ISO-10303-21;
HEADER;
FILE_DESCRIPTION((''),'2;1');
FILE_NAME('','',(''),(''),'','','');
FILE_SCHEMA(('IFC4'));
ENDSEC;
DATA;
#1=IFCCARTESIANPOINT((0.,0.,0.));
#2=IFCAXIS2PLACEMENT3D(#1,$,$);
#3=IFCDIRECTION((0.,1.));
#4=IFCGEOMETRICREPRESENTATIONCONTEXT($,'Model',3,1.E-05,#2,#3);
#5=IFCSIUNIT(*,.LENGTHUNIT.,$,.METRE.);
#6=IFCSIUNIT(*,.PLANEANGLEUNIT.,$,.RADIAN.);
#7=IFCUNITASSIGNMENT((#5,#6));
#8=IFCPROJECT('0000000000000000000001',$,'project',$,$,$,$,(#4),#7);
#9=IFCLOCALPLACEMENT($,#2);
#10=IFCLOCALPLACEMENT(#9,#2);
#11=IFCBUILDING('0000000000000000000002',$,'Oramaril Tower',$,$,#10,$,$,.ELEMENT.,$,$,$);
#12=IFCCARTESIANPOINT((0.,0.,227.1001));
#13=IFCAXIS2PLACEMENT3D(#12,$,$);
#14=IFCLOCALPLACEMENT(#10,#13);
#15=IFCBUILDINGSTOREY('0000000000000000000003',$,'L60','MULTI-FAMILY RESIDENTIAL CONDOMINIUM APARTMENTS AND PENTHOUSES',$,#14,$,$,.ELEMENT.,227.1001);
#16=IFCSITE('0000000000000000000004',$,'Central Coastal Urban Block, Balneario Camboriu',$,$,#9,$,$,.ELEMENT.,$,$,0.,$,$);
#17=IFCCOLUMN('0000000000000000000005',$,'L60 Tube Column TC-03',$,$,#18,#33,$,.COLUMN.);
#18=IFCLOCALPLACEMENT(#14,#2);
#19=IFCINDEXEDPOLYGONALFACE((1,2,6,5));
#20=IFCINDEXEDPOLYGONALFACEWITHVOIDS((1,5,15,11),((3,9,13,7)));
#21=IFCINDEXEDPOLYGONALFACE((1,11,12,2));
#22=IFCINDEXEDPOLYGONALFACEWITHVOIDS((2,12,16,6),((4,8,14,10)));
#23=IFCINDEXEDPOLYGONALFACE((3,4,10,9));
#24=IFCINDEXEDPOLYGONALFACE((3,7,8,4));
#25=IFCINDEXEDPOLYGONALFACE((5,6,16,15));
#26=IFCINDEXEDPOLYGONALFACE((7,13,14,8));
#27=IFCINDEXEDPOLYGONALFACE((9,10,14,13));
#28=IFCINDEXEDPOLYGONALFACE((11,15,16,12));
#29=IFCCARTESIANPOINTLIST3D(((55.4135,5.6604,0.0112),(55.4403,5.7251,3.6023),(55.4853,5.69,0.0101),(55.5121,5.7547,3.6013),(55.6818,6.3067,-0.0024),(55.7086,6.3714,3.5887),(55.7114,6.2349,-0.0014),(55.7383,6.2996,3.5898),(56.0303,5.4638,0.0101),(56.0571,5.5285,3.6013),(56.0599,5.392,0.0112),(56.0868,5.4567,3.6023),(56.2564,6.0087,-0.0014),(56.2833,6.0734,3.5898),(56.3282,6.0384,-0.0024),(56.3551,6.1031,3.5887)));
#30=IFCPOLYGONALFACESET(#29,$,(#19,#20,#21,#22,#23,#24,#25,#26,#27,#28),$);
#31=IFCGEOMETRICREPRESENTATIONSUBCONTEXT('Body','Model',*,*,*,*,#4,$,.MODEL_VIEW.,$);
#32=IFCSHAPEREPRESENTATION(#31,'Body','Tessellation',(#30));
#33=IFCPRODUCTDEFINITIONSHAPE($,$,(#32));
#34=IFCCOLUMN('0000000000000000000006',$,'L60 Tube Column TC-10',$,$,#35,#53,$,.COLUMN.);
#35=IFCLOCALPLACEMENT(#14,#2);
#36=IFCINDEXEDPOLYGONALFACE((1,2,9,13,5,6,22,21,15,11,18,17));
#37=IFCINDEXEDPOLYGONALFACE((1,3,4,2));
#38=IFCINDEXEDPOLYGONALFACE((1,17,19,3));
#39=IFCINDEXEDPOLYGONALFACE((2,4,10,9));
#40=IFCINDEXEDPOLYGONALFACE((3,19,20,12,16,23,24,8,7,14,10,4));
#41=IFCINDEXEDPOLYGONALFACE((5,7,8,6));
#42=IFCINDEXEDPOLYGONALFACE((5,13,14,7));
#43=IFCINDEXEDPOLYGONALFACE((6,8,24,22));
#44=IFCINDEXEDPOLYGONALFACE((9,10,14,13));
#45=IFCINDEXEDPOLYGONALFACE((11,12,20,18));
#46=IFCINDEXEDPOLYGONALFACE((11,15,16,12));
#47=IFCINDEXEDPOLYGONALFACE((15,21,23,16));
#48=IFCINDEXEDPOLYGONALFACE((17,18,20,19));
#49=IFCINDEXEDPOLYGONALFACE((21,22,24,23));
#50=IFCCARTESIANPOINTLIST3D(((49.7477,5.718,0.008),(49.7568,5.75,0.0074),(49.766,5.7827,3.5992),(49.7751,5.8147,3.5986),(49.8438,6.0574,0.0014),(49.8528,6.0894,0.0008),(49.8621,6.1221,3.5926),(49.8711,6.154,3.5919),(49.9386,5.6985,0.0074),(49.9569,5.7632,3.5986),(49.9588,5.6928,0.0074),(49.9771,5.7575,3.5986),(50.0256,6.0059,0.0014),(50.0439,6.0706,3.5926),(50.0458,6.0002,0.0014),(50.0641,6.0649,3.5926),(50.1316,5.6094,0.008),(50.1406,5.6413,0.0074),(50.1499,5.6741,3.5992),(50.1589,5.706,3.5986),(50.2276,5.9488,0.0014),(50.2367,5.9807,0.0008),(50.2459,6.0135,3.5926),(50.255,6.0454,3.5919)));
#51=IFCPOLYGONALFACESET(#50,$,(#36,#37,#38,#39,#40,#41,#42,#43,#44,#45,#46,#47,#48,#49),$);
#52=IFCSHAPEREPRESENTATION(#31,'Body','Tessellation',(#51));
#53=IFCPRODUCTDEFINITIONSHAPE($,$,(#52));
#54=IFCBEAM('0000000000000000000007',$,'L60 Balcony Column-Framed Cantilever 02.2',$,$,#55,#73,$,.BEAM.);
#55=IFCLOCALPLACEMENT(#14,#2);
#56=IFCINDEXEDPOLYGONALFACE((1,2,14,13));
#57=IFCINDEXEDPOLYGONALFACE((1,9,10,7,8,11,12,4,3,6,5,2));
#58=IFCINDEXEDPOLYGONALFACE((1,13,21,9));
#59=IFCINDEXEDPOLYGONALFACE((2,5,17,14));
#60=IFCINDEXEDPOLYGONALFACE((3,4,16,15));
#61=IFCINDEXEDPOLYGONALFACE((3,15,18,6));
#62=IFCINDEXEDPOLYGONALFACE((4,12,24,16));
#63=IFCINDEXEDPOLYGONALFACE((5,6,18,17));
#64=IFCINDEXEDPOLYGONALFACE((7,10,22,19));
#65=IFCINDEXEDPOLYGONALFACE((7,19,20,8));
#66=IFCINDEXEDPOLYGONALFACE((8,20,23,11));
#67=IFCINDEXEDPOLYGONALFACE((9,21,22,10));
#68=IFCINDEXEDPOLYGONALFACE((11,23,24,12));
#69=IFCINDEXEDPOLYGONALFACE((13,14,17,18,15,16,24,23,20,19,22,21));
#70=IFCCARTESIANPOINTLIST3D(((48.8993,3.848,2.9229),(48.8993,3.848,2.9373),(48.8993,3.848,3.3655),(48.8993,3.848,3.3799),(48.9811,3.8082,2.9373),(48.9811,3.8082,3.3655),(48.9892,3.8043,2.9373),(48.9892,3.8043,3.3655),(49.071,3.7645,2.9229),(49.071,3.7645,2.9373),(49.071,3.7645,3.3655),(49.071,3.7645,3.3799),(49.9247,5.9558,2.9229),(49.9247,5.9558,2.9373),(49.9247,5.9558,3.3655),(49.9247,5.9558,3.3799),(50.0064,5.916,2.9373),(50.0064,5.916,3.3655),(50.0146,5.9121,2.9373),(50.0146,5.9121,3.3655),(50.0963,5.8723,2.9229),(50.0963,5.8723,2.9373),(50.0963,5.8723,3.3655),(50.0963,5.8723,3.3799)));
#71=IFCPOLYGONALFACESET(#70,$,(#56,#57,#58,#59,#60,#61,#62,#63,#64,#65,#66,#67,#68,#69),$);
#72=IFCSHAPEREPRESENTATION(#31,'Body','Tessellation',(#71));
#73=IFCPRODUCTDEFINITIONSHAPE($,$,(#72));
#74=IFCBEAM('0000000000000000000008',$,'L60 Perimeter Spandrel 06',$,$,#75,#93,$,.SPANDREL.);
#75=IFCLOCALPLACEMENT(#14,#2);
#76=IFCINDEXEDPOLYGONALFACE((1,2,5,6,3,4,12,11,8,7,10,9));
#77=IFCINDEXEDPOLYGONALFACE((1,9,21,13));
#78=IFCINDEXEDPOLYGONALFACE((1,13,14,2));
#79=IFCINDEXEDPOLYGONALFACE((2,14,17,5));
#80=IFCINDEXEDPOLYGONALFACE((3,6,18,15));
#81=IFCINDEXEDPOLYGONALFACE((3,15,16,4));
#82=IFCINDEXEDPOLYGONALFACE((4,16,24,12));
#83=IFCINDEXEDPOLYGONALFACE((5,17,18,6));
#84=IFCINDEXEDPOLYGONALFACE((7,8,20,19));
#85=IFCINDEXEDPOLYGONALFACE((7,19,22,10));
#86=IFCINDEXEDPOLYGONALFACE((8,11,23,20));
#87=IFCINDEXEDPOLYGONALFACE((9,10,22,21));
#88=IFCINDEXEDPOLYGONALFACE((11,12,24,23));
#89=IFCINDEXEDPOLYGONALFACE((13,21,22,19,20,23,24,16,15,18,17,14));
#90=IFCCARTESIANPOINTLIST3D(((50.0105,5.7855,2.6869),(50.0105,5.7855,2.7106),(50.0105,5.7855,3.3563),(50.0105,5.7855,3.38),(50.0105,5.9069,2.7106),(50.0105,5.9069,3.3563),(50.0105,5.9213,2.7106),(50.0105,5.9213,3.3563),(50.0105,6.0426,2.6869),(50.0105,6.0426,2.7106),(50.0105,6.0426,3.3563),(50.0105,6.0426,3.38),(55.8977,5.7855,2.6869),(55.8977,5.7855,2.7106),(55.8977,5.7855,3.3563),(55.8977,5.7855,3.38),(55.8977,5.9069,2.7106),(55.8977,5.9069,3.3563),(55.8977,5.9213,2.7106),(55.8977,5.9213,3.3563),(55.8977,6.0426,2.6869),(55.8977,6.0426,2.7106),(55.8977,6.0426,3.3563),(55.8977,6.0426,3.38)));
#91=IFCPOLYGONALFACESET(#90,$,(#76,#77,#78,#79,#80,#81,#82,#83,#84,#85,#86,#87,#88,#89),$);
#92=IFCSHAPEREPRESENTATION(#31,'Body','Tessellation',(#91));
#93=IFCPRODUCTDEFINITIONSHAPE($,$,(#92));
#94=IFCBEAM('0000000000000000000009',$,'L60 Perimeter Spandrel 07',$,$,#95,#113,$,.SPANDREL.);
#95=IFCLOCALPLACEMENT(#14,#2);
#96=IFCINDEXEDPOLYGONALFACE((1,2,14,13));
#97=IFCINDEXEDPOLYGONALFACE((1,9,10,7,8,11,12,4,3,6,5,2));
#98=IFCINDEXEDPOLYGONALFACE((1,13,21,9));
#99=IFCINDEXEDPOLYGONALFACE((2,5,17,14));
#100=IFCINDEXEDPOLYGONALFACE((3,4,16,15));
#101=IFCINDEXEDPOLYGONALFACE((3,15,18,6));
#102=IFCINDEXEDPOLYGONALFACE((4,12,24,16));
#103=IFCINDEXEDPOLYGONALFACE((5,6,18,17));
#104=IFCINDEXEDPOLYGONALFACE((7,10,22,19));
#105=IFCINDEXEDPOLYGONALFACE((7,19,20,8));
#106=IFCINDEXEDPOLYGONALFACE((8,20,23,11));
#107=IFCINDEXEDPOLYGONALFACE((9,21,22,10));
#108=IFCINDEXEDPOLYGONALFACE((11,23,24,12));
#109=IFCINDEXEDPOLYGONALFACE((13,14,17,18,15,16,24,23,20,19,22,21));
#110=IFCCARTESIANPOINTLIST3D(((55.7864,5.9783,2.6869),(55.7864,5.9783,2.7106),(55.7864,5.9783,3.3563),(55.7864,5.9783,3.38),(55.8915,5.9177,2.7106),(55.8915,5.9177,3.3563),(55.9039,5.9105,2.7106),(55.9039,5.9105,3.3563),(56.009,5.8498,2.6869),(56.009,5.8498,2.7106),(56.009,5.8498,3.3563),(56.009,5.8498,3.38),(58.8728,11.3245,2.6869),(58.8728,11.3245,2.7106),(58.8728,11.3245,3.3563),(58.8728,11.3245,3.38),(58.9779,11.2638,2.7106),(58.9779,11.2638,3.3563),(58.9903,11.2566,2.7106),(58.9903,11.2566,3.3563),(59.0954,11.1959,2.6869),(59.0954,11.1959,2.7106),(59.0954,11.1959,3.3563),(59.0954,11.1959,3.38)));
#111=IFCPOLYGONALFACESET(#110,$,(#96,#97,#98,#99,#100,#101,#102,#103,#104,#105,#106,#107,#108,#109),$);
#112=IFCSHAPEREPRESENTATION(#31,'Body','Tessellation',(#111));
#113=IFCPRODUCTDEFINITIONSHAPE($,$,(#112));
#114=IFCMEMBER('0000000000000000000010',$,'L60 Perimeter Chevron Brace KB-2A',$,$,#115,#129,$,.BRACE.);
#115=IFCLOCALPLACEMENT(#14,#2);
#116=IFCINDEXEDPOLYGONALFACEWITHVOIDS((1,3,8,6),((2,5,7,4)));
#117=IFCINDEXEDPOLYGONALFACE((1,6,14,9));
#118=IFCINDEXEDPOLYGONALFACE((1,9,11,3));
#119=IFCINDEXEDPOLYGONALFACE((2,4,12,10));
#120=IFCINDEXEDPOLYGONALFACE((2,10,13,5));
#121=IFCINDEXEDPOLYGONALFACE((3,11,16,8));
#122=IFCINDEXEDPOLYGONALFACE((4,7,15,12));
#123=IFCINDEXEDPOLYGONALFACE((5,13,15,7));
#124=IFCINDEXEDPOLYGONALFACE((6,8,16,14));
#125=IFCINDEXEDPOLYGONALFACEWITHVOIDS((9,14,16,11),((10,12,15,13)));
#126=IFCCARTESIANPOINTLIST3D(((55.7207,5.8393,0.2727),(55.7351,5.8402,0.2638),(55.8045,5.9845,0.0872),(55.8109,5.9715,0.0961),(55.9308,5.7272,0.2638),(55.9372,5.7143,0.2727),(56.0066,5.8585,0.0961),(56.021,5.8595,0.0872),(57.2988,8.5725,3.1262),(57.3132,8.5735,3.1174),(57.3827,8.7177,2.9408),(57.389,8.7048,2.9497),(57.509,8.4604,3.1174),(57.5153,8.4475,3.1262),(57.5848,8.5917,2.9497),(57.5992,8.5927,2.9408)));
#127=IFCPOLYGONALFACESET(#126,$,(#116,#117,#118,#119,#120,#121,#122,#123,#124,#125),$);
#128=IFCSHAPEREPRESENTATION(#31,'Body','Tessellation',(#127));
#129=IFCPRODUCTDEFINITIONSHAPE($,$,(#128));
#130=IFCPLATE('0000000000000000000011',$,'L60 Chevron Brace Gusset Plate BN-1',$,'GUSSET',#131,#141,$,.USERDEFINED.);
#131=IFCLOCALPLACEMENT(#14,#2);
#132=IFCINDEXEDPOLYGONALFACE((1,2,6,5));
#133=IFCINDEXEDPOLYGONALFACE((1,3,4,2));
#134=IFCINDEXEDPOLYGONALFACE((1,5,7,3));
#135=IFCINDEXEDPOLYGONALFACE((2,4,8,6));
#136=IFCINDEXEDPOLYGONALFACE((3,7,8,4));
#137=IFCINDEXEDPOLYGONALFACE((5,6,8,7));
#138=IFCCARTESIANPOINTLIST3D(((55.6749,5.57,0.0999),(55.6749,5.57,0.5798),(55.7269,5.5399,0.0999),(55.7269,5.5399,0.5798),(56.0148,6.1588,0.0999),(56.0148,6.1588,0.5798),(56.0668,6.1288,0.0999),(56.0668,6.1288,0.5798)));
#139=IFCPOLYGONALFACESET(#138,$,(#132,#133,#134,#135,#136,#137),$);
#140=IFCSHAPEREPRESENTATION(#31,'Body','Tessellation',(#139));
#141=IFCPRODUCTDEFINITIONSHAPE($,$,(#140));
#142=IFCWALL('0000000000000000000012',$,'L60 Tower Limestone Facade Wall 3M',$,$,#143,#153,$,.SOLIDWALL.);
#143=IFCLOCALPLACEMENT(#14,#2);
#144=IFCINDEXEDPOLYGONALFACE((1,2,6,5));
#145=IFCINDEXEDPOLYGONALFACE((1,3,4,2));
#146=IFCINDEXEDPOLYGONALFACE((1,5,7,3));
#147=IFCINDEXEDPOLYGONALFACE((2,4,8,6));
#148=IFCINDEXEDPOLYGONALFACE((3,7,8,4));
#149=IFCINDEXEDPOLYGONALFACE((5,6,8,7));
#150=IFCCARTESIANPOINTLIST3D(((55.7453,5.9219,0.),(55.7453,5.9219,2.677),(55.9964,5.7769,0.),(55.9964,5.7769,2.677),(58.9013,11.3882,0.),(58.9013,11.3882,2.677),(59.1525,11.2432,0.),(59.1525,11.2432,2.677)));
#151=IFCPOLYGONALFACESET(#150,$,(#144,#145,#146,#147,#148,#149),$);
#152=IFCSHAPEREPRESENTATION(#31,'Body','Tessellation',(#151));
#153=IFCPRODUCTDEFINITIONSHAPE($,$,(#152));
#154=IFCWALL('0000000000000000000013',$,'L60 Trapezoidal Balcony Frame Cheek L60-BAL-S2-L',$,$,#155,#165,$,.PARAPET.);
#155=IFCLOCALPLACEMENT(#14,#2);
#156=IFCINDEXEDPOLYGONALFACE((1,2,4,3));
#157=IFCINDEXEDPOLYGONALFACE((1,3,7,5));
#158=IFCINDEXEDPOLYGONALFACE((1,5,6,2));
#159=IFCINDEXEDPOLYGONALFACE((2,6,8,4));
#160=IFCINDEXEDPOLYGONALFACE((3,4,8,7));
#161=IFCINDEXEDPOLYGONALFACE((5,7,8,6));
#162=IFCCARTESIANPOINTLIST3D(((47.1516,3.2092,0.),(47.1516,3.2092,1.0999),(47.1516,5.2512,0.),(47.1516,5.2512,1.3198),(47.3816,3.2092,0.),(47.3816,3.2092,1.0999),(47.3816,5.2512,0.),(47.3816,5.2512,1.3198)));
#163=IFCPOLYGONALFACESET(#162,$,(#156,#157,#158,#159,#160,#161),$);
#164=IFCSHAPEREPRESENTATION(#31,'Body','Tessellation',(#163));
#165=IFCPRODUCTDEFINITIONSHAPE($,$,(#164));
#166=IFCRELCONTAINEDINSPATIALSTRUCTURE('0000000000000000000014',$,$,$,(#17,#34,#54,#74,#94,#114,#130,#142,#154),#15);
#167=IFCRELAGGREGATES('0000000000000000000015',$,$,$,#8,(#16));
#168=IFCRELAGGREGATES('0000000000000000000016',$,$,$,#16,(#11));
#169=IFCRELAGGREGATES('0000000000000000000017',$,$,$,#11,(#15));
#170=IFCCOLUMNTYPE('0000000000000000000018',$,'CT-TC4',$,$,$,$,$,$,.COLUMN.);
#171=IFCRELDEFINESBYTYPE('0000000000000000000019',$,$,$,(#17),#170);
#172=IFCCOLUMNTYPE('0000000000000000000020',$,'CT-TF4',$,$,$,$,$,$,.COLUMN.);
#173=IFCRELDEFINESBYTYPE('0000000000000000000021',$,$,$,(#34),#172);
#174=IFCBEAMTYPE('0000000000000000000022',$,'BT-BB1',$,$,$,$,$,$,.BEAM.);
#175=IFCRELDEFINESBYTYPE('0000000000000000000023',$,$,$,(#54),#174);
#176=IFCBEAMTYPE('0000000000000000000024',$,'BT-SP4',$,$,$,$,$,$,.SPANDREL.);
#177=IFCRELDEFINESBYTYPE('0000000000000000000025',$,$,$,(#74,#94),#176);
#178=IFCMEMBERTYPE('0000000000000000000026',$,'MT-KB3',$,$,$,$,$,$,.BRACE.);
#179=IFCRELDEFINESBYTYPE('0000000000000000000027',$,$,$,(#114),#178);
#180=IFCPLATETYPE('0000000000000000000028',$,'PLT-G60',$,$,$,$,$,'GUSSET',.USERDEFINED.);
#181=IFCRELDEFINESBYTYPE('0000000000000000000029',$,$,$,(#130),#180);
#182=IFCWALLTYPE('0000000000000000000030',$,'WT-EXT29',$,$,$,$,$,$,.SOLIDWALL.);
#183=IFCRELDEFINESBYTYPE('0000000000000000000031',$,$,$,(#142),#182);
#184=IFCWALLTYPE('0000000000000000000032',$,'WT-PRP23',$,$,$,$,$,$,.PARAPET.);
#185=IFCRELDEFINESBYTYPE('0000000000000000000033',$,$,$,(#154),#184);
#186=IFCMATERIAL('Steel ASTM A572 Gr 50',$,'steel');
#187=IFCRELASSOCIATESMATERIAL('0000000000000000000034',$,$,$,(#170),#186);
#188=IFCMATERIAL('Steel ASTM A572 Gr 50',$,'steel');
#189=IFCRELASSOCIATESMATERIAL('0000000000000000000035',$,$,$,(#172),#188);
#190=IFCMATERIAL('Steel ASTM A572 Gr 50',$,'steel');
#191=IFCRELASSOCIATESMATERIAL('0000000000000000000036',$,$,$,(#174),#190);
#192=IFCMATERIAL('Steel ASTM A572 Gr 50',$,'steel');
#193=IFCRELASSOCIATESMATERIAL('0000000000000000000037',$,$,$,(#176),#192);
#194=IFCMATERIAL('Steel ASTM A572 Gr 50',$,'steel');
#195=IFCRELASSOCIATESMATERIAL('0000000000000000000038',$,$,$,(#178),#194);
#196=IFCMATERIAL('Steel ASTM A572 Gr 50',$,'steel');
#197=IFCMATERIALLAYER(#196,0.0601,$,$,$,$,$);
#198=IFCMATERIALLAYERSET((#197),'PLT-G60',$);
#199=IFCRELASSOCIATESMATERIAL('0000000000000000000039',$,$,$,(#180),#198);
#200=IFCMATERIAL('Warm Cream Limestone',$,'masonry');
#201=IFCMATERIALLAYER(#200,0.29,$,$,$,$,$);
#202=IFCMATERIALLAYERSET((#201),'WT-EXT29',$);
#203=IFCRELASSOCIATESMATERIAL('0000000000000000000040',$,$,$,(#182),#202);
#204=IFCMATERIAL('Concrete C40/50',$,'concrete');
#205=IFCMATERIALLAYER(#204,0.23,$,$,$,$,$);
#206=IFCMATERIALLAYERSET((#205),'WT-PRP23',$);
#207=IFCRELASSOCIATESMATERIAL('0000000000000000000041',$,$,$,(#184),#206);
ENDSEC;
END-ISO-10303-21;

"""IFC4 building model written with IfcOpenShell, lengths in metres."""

from ifc_helpers import new_model, si_unit, direction, frame, frame_2d, origin, origin_2d, place, context, subcontext, project, spatial, polyline, rectangle, hollow_rectangle, i_section, outline, extrude, material, layer, layer_set, material_profile, profile_set, type_object, element, save


model = new_model("IFC4")

# Units and contexts
model_context = context("Model", 3, precision=1e-05, world=origin(), true_north=direction((0.0, 1.0)))
body_context = subcontext(model_context, "Body", "Model", "MODEL_VIEW")
ifc_project = project(units=[si_unit("LENGTHUNIT", "METRE"), si_unit("PLANEANGLEUNIT", "RADIAN")], contexts=[model_context])

# Site, building, storey
site_placement = place(None, origin())
site = spatial("IfcSite", under=ifc_project, at=site_placement, Name="Central Coastal Urban Block, Balneario Camboriu", CompositionType="ELEMENT", RefElevation=0.0)
building_placement = place(site_placement, origin())
building = spatial("IfcBuilding", under=site, at=building_placement, Name="Oramaril Tower", CompositionType="ELEMENT")
storey_placement = place(building_placement, frame((0.0, 0.0, 227.1001)))
storey = spatial("IfcBuildingStorey", under=building, at=storey_placement, Name="L60", Description="MULTI-FAMILY RESIDENTIAL CONDOMINIUM APARTMENTS AND PENTHOUSES", CompositionType="ELEMENT", Elevation=227.1001)

# Columns
ifc_material_1 = material(Name="Steel ASTM A572 Gr 50", Category="steel")
ifc_material_profile_1 = material_profile(ifc_material_1, hollow_rectangle(XDim=0.7, YDim=0.7, WallThickness=0.0549, at=origin_2d()), Name="BOX700X700X55")
ifc_profile_set_1 = profile_set([ifc_material_profile_1], Name="Steel ASTM A572 Gr 50")
column_type_1 = type_object("IfcColumnType", Name="CT-TC4", PredefinedType="COLUMN", material=ifc_profile_set_1)
column_1_placement = place(storey_placement, frame((55.8708, 5.8494, 0.0044), z_axis=(0.007477, 0.018013, 0.99981), x_axis=(-0.923592, 0.383378, 0.0)))
element("IfcColumn", 1, at=column_1_placement, inside=storey, type_object=column_type_1, Name="L60 Tube Column TC-03", PredefinedType="COLUMN", context=body_context, shape_type="SweptSolid", body=[
    extrude(hollow_rectangle(XDim=0.7, YDim=0.7, WallThickness=0.0549, at=origin_2d()), origin(), (0.0, 0.0, 1.0), 3.5918),
])
ifc_material_2 = material(Name="Steel ASTM A572 Gr 50", Category="steel")
ifc_material_profile_2 = material_profile(ifc_material_2, i_section(OverallWidth=0.3989, OverallDepth=0.386, WebThickness=0.021, FlangeThickness=0.0332, at=origin_2d()), Name="W14X176")
ifc_profile_set_2 = profile_set([ifc_material_profile_2], Name="Steel ASTM A572 Gr 50")
column_type_2 = type_object("IfcColumnType", Name="CT-TF4", PredefinedType="COLUMN", material=ifc_profile_set_2)
column_2_placement = place(storey_placement, frame((49.9922, 5.8494, 0.0044), z_axis=(0.005098, 0.018013, 0.999825), x_axis=(-0.962206, 0.272322, 0.0)))
element("IfcColumn", 2, at=column_2_placement, inside=storey, type_object=column_type_2, Name="L60 Tube Column TC-10", PredefinedType="COLUMN", context=body_context, shape_type="SweptSolid", body=[
    extrude(i_section(OverallWidth=0.3989, OverallDepth=0.386, WebThickness=0.021, FlangeThickness=0.0332, at=origin_2d()), origin(), (0.0, 0.0, 1.0), 3.5918),
])

# Beams
ifc_material_3 = material(Name="Steel ASTM A572 Gr 50", Category="steel")
ifc_material_profile_3 = material_profile(ifc_material_3, i_section(OverallWidth=0.1909, OverallDepth=0.457, WebThickness=0.009, FlangeThickness=0.0144, at=origin_2d()), Name="W18X50")
ifc_profile_set_3 = profile_set([ifc_material_profile_3], Name="Steel ASTM A572 Gr 50")
beam_type_1 = type_object("IfcBeamType", Name="BT-BB1", PredefinedType="BEAM", material=ifc_profile_set_3)
beam_1_placement = place(storey_placement, frame((50.0105, 5.9141, 3.1514), z_axis=(-0.437438, -0.899248, 0.0), x_axis=(0.899248, -0.437438, 0.0)))
element("IfcBeam", 3, at=beam_1_placement, inside=storey, type_object=beam_type_1, Name="L60 Balcony Column-Framed Cantilever 02.2", PredefinedType="BEAM", context=body_context, shape_type="SweptSolid", body=[
    extrude(i_section(OverallWidth=0.1909, OverallDepth=0.457, WebThickness=0.009, FlangeThickness=0.0144, at=origin_2d()), origin(), (0.0, 0.0, 1.0), 2.344),
])
ifc_material_4 = material(Name="Steel ASTM A572 Gr 50", Category="steel")
ifc_material_profile_4 = material_profile(ifc_material_4, i_section(OverallWidth=0.2571, OverallDepth=0.6931, WebThickness=0.0144, FlangeThickness=0.0237, at=origin_2d()), Name="W27X114")
ifc_profile_set_4 = profile_set([ifc_material_profile_4], Name="Steel ASTM A572 Gr 50")
beam_type_2 = type_object("IfcBeamType", Name="BT-SP4", PredefinedType="SPANDREL", material=ifc_profile_set_4)
beam_2_placement = place(storey_placement, frame((50.0105, 5.9141, 3.0334), z_axis=(1.0, 0.0, 0.0), x_axis=(0.0, 1.0, 0.0)))
element("IfcBeam", 4, at=beam_2_placement, inside=storey, type_object=beam_type_2, Name="L60 Perimeter Spandrel 06", PredefinedType="SPANDREL", context=body_context, shape_type="SweptSolid", body=[
    extrude(i_section(OverallWidth=0.2571, OverallDepth=0.6931, WebThickness=0.0144, FlangeThickness=0.0237, at=origin_2d()), origin(), (0.0, 0.0, 1.0), 5.8872),
])
beam_3_placement = place(storey_placement, frame((55.8977, 5.9141, 3.0334), z_axis=(0.499976, 0.866039, 0.0), x_axis=(-0.866039, 0.499976, 0.0)))
element("IfcBeam", 5, at=beam_3_placement, inside=storey, type_object=beam_type_2, Name="L60 Perimeter Spandrel 07", PredefinedType="SPANDREL", context=body_context, shape_type="SweptSolid", body=[
    extrude(i_section(OverallWidth=0.2571, OverallDepth=0.6931, WebThickness=0.0144, FlangeThickness=0.0237, at=origin_2d()), origin(), (0.0, 0.0, 1.0), 6.1731),
])

# Member
ifc_material_5 = material(Name="Steel ASTM A572 Gr 50", Category="steel")
ifc_material_profile_5 = material_profile(ifc_material_5, hollow_rectangle(XDim=0.25, YDim=0.25, WallThickness=0.012, at=origin_2d()), Name="HSS250X250X12")
ifc_profile_set_5 = profile_set([ifc_material_profile_5], Name="Steel ASTM A572 Gr 50")
member_type = type_object("IfcMemberType", Name="MT-KB3", PredefinedType="BRACE", material=ifc_profile_set_5)
member_placement = place(storey_placement, frame((55.8708, 5.8494, 0.1799), z_axis=(0.370906, 0.642372, 0.670661), x_axis=(-0.866007, 0.500033, 0.0)))
element("IfcMember", 6, at=member_placement, inside=storey, type_object=member_type, Name="L60 Perimeter Chevron Brace KB-2A", PredefinedType="BRACE", context=body_context, shape_type="SweptSolid", body=[
    extrude(hollow_rectangle(XDim=0.25, YDim=0.25, WallThickness=0.012, at=origin_2d()), origin(), (0.0, 0.0, 1.0), 4.2549),
])

# Plate
ifc_material_6 = material(Name="Steel ASTM A572 Gr 50", Category="steel")
ifc_layer_1 = layer(ifc_material_6, 0.0601)
ifc_layer_set_1 = layer_set([ifc_layer_1], Name="PLT-G60")
plate_type = type_object("IfcPlateType", Name="PLT-G60", ElementType="GUSSET", PredefinedType="USERDEFINED", material=ifc_layer_set_1)
plate_placement = place(storey_placement, frame((55.8708, 5.8494, 0.0999), z_axis=(0.0, 0.0, 1.0), x_axis=(0.500003, 0.866024, 0.0)))
element("IfcPlate", 7, at=plate_placement, inside=storey, type_object=plate_type, Name="L60 Chevron Brace Gusset Plate BN-1", ObjectType="GUSSET", PredefinedType="USERDEFINED", context=body_context, shape_type="SweptSolid", body=[
    extrude(rectangle(XDim=0.6799, YDim=0.0601, at=origin_2d()), origin(), (0.0, 0.0, 1.0), 0.48),
])

# Walls
ifc_material_7 = material(Name="Warm Cream Limestone", Category="masonry")
ifc_layer_2 = layer(ifc_material_7, 0.29)
ifc_layer_set_2 = layer_set([ifc_layer_2], Name="WT-EXT29")
wall_type_1 = type_object("IfcWallType", Name="WT-EXT29", PredefinedType="SOLIDWALL", material=ifc_layer_set_2)
wall_1_placement = place(storey_placement, frame((55.8708, 5.8494, 0.0), z_axis=(0.0, 0.0, 1.0), x_axis=(0.500004, 0.866023, 0.0)))
element("IfcWall", 8, at=wall_1_placement, inside=storey, type_object=wall_type_1, Name="L60 Tower Limestone Facade Wall 3M", PredefinedType="SOLIDWALL", context=body_context, shape_type="SweptSolid", body=[
    extrude(rectangle(XDim=6.312, YDim=0.29, at=frame_2d((3.156, 0.0))), origin(), (0.0, 0.0, 1.0), 2.677),
])
ifc_material_8 = material(Name="Concrete C40/50", Category="concrete")
ifc_layer_3 = layer(ifc_material_8, 0.23)
ifc_layer_set_3 = layer_set([ifc_layer_3], Name="WT-PRP23")
wall_type_2 = type_object("IfcWallType", Name="WT-PRP23", PredefinedType="PARAPET", material=ifc_layer_set_3)
wall_2_placement = place(storey_placement, frame((47.2666, 5.2512, 0.0), z_axis=(0.0, 0.0, 1.0), x_axis=(0.0, -1.0, 0.0)))
element("IfcWall", 9, at=wall_2_placement, inside=storey, type_object=wall_type_2, Name="L60 Trapezoidal Balcony Frame Cheek L60-BAL-S2-L", PredefinedType="PARAPET", context=body_context, shape_type="SweptSolid", body=[
    extrude(outline(polyline([(0.0, 0.0), (2.042, 0.0), (2.042, 1.0999), (0.0, 1.3198), (0.0, 0.0)])), frame((0.0, 0.115, 0.0), z_axis=(0.0, -1.0, 0.0), x_axis=(1.0, 0.0, 0.0)), (0.0, 0.0, 1.0), 0.23),
])

save(model, "model.ifc")
